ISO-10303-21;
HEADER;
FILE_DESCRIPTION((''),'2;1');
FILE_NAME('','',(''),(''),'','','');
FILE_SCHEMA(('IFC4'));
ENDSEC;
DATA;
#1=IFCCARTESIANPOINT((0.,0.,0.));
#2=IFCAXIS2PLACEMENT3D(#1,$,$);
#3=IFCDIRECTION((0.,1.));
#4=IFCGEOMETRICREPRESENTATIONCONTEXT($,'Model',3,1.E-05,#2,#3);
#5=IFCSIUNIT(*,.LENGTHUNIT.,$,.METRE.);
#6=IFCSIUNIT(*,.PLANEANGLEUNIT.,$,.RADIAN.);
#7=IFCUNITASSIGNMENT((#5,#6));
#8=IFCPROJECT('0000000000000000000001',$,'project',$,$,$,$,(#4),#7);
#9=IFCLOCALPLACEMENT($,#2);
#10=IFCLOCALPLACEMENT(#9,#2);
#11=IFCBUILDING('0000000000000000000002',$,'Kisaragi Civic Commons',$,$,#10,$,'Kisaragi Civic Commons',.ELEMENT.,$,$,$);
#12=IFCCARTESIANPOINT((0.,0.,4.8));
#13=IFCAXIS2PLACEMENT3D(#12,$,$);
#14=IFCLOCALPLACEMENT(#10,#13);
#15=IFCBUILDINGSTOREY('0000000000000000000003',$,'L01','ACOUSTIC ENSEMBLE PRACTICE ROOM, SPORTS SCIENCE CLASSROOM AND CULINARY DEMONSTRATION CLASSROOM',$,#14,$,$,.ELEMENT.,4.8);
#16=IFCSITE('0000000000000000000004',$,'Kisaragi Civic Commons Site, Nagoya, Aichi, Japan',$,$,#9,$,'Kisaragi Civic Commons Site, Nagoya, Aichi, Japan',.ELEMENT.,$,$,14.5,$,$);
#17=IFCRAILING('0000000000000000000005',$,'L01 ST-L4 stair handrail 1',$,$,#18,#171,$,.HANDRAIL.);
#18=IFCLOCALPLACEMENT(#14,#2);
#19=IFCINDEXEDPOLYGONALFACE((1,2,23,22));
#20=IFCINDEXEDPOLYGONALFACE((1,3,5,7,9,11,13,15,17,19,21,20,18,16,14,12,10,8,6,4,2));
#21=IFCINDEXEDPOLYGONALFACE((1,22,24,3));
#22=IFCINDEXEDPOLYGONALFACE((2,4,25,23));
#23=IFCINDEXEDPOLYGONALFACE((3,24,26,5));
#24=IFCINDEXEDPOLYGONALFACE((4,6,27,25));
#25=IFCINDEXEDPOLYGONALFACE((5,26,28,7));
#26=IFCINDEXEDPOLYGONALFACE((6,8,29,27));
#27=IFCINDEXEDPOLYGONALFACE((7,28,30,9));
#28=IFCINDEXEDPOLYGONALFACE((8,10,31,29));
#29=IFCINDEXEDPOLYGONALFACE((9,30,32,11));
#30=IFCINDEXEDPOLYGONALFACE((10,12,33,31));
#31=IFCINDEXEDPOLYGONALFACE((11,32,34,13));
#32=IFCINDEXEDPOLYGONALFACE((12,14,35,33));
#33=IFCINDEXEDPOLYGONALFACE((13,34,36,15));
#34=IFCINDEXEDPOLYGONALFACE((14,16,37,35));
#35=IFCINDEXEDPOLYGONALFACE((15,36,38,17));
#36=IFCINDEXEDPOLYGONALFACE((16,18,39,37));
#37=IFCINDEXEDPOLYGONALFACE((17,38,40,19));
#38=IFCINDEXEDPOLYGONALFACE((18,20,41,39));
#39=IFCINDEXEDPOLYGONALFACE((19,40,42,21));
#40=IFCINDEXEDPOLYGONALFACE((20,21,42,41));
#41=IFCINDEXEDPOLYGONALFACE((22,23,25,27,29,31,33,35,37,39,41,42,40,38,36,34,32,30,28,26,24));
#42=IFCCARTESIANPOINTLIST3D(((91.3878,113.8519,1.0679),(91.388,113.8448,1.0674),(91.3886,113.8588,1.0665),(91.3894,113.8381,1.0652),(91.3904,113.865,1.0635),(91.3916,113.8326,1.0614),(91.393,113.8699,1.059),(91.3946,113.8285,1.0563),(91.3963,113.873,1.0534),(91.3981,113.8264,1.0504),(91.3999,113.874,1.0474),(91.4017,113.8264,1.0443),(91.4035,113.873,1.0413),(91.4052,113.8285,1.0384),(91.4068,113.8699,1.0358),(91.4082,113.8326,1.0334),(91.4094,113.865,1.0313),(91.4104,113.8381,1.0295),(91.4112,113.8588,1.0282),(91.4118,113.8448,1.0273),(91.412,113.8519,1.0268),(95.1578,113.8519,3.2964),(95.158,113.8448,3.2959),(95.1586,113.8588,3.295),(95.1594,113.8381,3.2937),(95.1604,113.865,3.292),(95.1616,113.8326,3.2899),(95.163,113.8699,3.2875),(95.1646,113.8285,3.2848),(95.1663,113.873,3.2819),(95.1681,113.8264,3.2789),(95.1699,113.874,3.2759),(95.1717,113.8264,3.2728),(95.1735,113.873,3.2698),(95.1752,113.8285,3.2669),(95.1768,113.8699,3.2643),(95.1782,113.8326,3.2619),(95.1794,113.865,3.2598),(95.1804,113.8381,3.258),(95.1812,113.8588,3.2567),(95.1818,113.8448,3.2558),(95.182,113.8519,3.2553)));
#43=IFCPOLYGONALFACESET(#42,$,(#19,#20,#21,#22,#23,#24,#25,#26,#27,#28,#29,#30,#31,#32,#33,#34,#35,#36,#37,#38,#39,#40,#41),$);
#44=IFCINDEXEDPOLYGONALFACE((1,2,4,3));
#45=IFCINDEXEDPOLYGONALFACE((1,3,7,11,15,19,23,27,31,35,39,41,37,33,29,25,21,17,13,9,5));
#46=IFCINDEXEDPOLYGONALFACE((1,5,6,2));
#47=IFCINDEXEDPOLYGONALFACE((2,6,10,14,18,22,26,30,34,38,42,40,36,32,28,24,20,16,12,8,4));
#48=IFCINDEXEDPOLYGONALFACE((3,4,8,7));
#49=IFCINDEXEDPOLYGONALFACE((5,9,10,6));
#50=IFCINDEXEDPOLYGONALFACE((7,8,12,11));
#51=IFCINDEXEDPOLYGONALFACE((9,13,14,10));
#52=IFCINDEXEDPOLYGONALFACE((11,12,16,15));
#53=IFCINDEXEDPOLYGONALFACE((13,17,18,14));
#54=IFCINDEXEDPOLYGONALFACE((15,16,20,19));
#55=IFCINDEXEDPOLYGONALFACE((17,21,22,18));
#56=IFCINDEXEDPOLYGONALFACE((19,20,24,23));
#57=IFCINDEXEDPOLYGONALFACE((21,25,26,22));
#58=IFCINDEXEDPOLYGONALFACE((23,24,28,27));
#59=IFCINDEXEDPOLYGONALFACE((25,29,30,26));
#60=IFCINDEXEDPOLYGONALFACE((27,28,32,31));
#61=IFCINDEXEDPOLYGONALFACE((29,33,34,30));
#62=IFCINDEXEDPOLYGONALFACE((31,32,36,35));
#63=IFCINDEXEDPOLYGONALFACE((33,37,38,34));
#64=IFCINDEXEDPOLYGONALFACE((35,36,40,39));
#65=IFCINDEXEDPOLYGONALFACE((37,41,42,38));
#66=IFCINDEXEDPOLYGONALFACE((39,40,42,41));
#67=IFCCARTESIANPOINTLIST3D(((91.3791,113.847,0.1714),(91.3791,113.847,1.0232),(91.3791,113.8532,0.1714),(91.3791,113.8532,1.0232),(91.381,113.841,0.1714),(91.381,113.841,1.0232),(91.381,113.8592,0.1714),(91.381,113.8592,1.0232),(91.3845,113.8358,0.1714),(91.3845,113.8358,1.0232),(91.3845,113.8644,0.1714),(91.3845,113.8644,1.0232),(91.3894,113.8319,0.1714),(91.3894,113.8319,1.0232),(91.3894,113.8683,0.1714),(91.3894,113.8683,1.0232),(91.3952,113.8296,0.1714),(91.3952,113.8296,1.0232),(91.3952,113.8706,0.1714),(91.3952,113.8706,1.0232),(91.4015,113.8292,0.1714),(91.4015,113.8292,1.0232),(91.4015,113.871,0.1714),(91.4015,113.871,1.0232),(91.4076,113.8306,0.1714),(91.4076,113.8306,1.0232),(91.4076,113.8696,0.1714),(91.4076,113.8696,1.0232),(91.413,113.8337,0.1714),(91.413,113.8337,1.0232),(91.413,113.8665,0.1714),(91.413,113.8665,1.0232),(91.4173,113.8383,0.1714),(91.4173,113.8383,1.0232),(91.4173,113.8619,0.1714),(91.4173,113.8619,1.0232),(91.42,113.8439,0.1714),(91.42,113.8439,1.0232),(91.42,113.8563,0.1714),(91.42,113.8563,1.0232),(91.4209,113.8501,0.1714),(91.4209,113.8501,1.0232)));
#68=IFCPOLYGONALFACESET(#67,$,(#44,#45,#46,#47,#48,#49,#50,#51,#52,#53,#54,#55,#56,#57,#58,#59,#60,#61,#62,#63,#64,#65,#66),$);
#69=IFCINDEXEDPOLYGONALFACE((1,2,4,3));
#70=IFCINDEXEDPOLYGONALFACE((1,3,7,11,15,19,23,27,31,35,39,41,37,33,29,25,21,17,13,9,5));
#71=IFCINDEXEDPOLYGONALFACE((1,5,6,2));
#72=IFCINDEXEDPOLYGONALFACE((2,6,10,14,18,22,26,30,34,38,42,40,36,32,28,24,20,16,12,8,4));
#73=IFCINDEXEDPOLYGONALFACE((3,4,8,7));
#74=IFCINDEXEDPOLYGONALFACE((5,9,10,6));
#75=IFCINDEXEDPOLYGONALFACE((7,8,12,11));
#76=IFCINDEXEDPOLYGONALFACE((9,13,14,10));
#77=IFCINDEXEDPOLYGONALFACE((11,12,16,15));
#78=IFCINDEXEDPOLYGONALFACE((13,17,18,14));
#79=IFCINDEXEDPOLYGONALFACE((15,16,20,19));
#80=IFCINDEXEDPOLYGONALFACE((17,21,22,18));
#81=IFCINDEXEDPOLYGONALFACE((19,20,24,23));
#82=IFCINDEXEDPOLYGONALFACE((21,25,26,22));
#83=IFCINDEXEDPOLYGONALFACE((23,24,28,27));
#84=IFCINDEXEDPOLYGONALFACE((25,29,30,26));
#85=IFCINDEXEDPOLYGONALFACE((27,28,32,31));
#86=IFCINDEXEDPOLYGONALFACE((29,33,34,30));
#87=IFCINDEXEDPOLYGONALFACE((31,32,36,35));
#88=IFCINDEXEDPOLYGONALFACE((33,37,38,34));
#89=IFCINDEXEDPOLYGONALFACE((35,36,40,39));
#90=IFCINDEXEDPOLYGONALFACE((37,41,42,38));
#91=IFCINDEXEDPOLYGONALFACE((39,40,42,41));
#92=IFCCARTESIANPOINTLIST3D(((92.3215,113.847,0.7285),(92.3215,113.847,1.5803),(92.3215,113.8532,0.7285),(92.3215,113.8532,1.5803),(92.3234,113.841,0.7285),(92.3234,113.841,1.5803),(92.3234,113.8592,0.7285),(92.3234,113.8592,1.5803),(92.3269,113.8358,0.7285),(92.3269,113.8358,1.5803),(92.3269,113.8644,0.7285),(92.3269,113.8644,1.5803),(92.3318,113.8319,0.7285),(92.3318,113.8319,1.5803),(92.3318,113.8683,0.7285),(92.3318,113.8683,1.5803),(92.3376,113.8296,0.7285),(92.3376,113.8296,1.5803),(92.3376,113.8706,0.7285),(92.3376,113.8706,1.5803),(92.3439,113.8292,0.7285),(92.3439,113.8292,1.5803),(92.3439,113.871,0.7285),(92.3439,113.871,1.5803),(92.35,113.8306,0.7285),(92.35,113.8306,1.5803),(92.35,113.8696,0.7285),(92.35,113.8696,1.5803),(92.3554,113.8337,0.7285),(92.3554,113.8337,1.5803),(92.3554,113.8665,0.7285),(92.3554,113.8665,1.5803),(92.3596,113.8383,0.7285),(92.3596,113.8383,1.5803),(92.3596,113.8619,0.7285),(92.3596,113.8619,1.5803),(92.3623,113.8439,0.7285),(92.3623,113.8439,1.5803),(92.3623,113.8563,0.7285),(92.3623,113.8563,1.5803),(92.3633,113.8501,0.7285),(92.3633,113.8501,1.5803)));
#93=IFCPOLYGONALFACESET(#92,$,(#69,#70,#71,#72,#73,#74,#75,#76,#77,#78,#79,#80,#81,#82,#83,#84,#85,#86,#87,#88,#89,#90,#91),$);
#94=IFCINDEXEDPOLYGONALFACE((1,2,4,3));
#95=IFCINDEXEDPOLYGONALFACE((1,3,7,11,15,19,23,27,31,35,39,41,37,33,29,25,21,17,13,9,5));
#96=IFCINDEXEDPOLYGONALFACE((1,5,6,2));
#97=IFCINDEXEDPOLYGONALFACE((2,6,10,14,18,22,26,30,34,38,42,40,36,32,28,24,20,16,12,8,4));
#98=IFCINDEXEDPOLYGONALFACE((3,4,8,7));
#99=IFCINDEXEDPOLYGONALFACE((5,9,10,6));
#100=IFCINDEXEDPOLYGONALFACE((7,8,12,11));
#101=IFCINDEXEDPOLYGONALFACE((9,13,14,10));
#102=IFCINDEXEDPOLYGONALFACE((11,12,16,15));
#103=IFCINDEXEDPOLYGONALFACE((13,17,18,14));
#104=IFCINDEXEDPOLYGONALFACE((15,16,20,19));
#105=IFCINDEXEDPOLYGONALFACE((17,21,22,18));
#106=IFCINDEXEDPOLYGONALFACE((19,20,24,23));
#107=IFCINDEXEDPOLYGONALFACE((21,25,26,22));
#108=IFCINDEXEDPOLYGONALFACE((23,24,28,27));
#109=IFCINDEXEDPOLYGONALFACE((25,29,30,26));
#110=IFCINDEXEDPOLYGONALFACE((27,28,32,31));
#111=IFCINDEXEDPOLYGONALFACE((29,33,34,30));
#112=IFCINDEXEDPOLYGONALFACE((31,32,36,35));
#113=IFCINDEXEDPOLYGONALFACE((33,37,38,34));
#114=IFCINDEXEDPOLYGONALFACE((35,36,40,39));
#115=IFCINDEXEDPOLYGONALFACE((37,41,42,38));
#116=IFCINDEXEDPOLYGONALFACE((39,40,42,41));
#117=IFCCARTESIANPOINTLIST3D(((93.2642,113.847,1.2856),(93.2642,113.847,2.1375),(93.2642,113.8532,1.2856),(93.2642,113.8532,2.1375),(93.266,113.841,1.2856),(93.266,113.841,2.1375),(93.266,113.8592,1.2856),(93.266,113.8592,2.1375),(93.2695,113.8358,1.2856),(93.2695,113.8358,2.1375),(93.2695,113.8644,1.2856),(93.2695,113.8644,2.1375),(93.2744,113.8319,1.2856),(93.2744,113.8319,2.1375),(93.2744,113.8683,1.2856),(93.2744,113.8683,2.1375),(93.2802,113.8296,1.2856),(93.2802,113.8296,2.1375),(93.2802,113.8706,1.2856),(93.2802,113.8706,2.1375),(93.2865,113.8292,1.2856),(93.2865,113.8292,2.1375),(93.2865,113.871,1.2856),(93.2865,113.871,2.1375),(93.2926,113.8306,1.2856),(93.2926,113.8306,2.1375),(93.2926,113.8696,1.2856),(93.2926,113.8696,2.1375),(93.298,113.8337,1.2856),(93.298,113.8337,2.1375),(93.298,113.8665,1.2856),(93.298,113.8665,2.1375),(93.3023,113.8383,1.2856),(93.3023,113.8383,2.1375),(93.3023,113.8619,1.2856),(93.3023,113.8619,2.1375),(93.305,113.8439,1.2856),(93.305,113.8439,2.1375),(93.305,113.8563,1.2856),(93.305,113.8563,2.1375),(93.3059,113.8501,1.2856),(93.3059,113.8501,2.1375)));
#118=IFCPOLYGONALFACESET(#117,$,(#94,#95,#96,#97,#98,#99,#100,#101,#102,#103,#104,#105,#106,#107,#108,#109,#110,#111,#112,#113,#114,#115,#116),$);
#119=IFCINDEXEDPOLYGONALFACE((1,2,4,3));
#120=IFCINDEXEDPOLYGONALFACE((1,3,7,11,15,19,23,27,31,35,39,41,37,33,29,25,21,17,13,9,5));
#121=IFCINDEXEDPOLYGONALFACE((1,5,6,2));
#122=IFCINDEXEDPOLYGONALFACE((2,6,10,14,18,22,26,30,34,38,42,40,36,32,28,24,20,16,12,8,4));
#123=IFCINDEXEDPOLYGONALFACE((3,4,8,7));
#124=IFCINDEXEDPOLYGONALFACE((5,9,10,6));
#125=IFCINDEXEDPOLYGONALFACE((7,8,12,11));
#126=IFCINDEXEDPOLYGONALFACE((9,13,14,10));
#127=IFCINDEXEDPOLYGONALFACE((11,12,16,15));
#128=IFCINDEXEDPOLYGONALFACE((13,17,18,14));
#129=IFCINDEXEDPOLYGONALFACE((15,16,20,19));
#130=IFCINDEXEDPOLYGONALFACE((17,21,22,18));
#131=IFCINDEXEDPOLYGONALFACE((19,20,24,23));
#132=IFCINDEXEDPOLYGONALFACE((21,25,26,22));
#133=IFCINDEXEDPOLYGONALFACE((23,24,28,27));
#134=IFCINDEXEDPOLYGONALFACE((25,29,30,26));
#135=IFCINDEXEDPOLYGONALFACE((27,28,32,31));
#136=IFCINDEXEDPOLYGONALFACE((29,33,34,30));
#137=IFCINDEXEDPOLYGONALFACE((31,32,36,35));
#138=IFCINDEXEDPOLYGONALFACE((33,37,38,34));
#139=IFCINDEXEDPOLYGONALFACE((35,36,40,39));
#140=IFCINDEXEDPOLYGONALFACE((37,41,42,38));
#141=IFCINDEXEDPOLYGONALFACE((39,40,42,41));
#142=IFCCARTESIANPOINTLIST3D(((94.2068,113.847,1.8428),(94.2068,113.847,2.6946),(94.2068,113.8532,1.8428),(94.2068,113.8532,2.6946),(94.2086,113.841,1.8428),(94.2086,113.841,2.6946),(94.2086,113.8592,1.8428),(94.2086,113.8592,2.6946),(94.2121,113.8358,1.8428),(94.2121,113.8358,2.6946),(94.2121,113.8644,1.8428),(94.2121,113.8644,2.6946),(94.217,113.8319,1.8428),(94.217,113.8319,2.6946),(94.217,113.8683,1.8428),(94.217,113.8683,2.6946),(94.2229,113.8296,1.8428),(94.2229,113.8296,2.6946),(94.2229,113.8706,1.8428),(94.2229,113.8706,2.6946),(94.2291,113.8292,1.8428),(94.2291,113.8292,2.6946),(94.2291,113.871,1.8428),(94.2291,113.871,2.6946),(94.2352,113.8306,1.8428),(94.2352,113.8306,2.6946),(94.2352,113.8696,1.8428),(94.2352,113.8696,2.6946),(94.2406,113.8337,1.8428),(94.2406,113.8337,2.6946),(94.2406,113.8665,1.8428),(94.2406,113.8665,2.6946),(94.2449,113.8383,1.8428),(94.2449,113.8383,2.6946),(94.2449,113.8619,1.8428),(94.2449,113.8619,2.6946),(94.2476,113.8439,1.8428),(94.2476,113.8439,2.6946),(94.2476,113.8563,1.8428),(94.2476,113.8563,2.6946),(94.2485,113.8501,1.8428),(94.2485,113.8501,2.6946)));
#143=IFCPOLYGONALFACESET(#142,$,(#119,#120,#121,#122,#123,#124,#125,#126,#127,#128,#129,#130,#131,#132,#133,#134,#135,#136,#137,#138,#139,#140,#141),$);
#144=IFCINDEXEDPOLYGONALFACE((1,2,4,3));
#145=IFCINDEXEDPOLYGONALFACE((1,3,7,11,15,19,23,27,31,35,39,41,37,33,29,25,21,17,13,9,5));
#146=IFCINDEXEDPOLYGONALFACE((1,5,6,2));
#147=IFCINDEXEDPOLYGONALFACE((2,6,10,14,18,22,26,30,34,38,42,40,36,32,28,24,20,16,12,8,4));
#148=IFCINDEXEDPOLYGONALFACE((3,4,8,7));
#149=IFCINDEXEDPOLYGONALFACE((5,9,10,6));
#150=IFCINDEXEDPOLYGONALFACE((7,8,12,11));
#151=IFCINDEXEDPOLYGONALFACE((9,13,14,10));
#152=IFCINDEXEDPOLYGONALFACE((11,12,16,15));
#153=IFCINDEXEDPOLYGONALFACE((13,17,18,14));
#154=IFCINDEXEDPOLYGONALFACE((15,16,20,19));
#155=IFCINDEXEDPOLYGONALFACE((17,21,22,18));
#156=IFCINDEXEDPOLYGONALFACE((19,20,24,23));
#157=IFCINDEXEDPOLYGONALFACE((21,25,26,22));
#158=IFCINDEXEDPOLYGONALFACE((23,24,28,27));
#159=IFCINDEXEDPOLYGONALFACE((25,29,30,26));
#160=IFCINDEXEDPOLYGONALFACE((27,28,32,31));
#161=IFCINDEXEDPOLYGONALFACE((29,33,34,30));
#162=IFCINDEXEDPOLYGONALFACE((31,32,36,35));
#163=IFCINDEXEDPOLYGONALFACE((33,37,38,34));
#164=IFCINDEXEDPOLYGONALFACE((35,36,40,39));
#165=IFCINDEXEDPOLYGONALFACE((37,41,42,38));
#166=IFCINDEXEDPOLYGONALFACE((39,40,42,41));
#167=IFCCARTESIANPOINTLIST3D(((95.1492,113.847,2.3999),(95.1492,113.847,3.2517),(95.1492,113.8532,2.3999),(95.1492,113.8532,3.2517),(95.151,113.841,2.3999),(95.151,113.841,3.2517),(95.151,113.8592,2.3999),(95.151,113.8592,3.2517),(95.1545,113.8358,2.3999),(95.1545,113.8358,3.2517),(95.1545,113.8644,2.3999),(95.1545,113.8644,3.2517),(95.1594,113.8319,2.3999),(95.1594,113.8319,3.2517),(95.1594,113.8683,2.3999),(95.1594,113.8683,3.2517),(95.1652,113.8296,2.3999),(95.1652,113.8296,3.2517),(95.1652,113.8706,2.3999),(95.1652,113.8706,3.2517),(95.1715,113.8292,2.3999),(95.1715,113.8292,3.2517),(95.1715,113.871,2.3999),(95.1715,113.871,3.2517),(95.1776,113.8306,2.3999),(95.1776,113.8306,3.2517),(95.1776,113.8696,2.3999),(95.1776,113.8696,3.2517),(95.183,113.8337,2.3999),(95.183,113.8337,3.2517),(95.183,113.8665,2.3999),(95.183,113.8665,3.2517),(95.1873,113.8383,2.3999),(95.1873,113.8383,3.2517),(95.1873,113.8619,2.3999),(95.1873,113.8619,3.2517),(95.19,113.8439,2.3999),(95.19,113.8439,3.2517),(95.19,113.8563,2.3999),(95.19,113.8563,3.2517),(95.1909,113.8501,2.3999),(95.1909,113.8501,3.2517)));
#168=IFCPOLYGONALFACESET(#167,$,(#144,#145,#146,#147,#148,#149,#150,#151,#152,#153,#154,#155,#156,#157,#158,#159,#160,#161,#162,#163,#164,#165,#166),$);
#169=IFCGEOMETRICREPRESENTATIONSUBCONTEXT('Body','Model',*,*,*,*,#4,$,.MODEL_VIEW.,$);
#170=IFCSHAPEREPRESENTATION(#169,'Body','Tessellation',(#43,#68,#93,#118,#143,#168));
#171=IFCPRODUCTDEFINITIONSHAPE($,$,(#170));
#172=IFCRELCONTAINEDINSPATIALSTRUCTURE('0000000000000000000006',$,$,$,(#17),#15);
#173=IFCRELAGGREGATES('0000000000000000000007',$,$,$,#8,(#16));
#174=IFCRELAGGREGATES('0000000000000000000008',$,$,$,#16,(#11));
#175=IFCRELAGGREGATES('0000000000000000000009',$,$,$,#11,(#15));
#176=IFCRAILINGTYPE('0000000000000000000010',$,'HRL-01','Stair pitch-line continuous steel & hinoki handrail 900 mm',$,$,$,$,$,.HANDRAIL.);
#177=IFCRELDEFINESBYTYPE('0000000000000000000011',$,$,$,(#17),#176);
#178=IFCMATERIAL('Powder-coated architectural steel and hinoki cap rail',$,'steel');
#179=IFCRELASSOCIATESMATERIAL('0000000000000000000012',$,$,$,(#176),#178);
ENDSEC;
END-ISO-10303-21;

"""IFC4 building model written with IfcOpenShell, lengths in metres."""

from ifc_helpers import new_model, si_unit, direction, frame, origin, origin_2d, place, context, subcontext, project, spatial, circle, extrude, material, type_object, element, save


model = new_model("IFC4")

# Units and contexts
model_context = context("Model", 3, precision=1e-05, world=origin(), true_north=direction((0.0, 1.0)))
body_context = subcontext(model_context, "Body", "Model", "MODEL_VIEW")
ifc_project = project(units=[si_unit("LENGTHUNIT", "METRE"), si_unit("PLANEANGLEUNIT", "RADIAN")], contexts=[model_context])

# Site, building, storey
site_placement = place(None, origin())
site = spatial("IfcSite", under=ifc_project, at=site_placement, Name="Kisaragi Civic Commons Site, Nagoya, Aichi, Japan", LongName="Kisaragi Civic Commons Site, Nagoya, Aichi, Japan", CompositionType="ELEMENT", RefElevation=14.5)
building_placement = place(site_placement, origin())
building = spatial("IfcBuilding", under=site, at=building_placement, Name="Kisaragi Civic Commons", LongName="Kisaragi Civic Commons", CompositionType="ELEMENT")
storey_placement = place(building_placement, frame((0.0, 0.0, 4.8)))
storey = spatial("IfcBuildingStorey", under=building, at=storey_placement, Name="L01", Description="ACOUSTIC ENSEMBLE PRACTICE ROOM, SPORTS SCIENCE CLASSROOM AND CULINARY DEMONSTRATION CLASSROOM", CompositionType="ELEMENT", Elevation=4.8)

# Railing
ifc_material_1 = material(Name="Powder-coated architectural steel and hinoki cap rail", Category="steel")
railing_type_1 = type_object("IfcRailingType", Name="HRL-01", Description="Stair pitch-line continuous steel & hinoki handrail 900 mm", PredefinedType="HANDRAIL", material=ifc_material_1)
railing_1_placement = place(storey_placement, frame((91.3999, 113.8501, 0.1714)))
element("IfcRailing", 1, at=railing_1_placement, inside=storey, type_object=railing_type_1, Name="L01 ST-L4 stair handrail 1", PredefinedType="HANDRAIL", context=body_context, shape_type="SweptSolid", body=[
    extrude(circle(Radius=0.0239, at=origin_2d()), frame((0.0, 0.0, 0.876), z_axis=(0.860849, 0.0, 0.508861), x_axis=(0.0, 1.0, 0.0)), (0.0, 0.0, 1.0), 4.3794),
    extrude(circle(Radius=0.021, at=origin_2d()), origin(), (0.0, 0.0, 1.0), 0.8518),
    extrude(circle(Radius=0.021, at=origin_2d()), frame((0.9424, 0.0, 0.5571)), (0.0, 0.0, 1.0), 0.8518),
    extrude(circle(Radius=0.021, at=origin_2d()), frame((1.885, 0.0, 1.1143)), (0.0, 0.0, 1.0), 0.8518),
    extrude(circle(Radius=0.021, at=origin_2d()), frame((2.8276, 0.0, 1.6714)), (0.0, 0.0, 1.0), 0.8518),
    extrude(circle(Radius=0.021, at=origin_2d()), frame((3.77, 0.0, 2.2285)), (0.0, 0.0, 1.0), 0.8518),
])

save(model, "model.ifc")
